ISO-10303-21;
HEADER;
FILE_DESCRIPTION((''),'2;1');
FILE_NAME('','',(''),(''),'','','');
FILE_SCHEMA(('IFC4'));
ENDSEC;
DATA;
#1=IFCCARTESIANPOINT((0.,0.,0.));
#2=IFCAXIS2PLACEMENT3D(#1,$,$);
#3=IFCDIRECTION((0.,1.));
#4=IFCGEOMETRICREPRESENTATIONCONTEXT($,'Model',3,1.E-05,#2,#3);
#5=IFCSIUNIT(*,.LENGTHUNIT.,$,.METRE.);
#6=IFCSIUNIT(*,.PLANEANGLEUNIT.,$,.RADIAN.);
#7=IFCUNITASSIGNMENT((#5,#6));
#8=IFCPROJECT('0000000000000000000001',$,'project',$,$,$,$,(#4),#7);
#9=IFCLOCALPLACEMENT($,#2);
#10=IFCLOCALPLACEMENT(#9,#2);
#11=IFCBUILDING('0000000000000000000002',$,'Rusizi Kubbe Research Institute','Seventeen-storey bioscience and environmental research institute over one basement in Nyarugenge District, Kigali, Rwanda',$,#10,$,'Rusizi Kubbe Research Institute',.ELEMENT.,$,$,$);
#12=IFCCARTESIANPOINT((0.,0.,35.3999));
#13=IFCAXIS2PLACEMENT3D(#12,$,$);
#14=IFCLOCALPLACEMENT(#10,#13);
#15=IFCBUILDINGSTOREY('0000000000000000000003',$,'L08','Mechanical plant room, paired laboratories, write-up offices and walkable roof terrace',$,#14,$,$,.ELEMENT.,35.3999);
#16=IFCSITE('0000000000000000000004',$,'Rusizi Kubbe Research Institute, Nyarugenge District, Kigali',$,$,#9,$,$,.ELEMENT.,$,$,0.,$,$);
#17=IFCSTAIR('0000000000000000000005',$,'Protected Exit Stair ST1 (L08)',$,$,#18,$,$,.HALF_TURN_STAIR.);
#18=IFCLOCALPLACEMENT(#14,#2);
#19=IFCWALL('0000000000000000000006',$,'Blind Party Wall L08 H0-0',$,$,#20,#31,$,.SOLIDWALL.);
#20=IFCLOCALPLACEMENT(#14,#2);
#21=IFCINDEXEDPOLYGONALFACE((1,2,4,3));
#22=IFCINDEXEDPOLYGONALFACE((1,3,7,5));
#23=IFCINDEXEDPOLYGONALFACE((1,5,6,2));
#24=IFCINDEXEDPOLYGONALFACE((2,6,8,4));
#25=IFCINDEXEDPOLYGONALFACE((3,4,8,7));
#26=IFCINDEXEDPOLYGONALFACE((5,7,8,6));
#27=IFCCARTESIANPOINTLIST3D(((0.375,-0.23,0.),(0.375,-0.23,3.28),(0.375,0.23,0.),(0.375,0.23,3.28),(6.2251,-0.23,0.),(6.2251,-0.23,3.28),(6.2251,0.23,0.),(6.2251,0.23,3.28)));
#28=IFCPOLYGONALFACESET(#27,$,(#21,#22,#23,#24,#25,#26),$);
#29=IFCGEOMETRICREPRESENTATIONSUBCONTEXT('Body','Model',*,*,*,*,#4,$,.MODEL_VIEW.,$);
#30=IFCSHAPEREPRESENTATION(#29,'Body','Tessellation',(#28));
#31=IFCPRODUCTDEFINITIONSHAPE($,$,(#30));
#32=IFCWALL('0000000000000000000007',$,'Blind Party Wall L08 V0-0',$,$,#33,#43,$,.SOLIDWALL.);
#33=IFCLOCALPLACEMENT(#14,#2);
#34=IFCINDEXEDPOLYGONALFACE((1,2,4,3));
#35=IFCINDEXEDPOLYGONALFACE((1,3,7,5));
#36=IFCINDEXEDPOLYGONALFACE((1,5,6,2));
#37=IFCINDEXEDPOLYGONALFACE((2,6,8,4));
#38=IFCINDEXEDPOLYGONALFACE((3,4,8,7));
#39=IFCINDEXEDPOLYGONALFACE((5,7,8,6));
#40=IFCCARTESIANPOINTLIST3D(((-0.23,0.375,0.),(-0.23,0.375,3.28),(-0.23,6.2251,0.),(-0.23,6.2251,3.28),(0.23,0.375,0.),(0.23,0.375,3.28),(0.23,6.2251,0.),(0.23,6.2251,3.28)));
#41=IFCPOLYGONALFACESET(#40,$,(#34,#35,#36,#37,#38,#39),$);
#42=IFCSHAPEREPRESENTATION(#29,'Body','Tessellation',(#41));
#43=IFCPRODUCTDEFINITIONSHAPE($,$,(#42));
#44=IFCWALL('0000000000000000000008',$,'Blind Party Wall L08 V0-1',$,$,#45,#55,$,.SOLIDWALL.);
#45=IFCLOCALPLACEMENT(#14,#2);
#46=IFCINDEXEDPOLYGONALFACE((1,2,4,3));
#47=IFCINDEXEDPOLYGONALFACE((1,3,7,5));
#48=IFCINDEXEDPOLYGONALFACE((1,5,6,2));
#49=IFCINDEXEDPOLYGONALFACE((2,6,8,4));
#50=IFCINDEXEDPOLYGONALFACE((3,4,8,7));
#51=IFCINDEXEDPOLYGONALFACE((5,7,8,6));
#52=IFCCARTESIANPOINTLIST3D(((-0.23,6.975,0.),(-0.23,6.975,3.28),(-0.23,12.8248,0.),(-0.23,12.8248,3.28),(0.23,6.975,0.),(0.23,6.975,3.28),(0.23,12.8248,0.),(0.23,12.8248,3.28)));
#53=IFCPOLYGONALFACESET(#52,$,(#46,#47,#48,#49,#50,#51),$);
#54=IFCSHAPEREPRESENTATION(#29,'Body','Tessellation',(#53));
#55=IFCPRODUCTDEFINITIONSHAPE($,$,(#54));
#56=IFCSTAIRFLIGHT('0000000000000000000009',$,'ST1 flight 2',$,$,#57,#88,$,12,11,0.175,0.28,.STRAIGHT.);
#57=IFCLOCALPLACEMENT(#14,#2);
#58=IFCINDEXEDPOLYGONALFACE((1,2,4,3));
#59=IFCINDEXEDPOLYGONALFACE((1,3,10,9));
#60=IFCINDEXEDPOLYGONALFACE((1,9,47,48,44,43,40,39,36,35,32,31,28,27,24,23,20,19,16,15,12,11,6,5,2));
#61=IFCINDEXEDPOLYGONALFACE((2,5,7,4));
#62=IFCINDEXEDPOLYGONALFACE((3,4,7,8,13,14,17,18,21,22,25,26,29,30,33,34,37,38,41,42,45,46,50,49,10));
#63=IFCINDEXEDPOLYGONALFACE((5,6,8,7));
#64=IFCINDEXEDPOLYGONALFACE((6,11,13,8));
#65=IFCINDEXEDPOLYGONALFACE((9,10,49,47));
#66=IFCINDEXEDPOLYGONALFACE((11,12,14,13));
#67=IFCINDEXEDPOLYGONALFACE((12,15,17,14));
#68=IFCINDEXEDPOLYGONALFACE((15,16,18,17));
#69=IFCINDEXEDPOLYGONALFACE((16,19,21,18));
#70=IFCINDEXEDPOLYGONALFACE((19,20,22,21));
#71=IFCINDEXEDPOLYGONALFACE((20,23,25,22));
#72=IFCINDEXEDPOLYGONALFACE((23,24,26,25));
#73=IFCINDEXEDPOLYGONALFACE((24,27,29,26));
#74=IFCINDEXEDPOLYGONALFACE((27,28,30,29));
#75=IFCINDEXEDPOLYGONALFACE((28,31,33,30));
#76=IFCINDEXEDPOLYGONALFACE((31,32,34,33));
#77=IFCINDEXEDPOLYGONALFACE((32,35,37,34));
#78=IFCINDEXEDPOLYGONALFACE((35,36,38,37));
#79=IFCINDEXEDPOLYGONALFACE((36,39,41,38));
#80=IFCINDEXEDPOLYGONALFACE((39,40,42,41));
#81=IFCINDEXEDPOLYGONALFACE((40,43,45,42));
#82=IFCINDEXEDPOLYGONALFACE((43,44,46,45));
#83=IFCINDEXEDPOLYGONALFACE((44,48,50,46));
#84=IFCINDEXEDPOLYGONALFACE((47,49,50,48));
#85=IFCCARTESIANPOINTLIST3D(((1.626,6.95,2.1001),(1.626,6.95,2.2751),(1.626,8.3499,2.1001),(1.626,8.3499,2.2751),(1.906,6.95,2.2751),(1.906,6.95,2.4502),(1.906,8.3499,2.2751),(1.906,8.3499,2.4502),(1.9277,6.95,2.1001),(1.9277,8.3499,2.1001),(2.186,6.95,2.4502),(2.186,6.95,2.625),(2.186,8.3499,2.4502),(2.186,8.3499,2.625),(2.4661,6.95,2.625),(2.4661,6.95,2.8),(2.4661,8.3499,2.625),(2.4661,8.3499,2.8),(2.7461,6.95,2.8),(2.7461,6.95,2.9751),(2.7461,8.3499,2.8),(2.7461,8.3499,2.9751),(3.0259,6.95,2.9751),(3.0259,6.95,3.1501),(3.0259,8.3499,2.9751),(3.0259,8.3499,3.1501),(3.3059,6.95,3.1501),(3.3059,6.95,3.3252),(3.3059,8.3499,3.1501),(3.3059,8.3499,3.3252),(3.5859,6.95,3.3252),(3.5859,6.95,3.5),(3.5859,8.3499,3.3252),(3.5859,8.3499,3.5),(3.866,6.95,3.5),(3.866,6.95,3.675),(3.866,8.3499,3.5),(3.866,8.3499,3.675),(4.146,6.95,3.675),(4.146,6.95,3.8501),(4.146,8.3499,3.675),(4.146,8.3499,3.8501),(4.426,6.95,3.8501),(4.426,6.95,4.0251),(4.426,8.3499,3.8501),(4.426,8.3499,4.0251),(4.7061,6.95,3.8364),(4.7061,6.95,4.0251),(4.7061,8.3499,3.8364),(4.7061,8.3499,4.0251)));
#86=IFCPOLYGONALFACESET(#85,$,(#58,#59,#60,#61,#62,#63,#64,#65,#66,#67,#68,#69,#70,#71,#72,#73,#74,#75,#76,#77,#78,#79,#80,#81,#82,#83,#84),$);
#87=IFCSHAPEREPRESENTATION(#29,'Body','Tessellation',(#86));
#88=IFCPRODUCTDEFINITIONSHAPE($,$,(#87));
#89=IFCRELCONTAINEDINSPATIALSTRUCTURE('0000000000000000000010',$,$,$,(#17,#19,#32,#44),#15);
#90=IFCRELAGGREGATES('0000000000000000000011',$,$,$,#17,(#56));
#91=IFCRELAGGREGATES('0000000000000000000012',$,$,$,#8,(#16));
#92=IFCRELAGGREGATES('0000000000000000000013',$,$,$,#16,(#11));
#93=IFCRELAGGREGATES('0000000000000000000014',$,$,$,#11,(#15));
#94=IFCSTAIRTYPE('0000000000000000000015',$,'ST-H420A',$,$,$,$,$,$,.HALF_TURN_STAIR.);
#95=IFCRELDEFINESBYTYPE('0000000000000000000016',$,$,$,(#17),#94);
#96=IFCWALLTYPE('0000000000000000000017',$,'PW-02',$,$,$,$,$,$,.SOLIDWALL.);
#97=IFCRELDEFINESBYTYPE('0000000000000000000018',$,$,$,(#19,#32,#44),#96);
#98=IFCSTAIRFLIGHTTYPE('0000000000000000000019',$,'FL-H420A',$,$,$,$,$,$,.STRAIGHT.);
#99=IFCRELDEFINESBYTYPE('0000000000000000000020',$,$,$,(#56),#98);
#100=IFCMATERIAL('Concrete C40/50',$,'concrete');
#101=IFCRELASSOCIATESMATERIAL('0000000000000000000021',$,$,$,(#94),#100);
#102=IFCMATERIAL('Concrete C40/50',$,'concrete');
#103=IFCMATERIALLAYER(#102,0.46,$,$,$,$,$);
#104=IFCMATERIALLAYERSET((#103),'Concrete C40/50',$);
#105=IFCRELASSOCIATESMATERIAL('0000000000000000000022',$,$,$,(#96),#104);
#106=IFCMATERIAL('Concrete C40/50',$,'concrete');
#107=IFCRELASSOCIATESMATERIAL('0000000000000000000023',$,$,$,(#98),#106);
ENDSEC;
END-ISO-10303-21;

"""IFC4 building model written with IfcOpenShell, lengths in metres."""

from ifc_helpers import new_model, si_unit, direction, frame, frame_2d, origin, place, context, subcontext, project, spatial, polyline, rectangle, outline, extrude, material, layer, layer_set, type_object, element, aggregate, save


model = new_model("IFC4")

# Units and contexts
model_context = context("Model", 3, precision=1e-05, world=origin(), true_north=direction((0.0, 1.0)))
body_context = subcontext(model_context, "Body", "Model", "MODEL_VIEW")
ifc_project = project(units=[si_unit("LENGTHUNIT", "METRE"), si_unit("PLANEANGLEUNIT", "RADIAN")], contexts=[model_context])

# Site, building, storey
site_placement = place(None, origin())
site = spatial("IfcSite", under=ifc_project, at=site_placement, Name="Rusizi Kubbe Research Institute, Nyarugenge District, Kigali", CompositionType="ELEMENT", RefElevation=0.0)
building_placement = place(site_placement, origin())
building = spatial("IfcBuilding", under=site, at=building_placement, Name="Rusizi Kubbe Research Institute", Description="Seventeen-storey bioscience and environmental research institute over one basement in Nyarugenge District, Kigali, Rwanda", LongName="Rusizi Kubbe Research Institute", CompositionType="ELEMENT")
storey_placement = place(building_placement, frame((0.0, 0.0, 35.3999)))
storey = spatial("IfcBuildingStorey", under=building, at=storey_placement, Name="L08", Description="Mechanical plant room, paired laboratories, write-up offices and walkable roof terrace", CompositionType="ELEMENT", Elevation=35.3999)

# Stair
ifc_material_1 = material(Name="Concrete C40/50", Category="concrete")
stair_type_1 = type_object("IfcStairType", Name="ST-H420A", PredefinedType="HALF_TURN_STAIR", material=ifc_material_1)
stair_1_placement = place(storey_placement, origin())
stair_1 = element("IfcStair", 1, at=stair_1_placement, inside=storey, type_object=stair_type_1, Name="Protected Exit Stair ST1 (L08)", PredefinedType="HALF_TURN_STAIR")

# Walls
ifc_material_2 = material(Name="Concrete C40/50", Category="concrete")
ifc_layer_1 = layer(ifc_material_2, 0.46)
ifc_layer_set_1 = layer_set([ifc_layer_1], Name="Concrete C40/50")
wall_type_1 = type_object("IfcWallType", Name="PW-02", PredefinedType="SOLIDWALL", material=ifc_layer_set_1)
for number, where, z_axis, x_axis, name in (
    (2, (0.375, 0.0, 0.0), (0.0, 0.0, 1.0), (1.0, 0.0, 0.0), "Blind Party Wall L08 H0-0"),
    (3, (0.0, 0.375, 0.0), (0.0, 0.0, 1.0), (0.0, 1.0, 0.0), "Blind Party Wall L08 V0-0"),
):
    element("IfcWall", number, at=place(storey_placement, frame(where, z_axis=z_axis, x_axis=x_axis)), inside=storey, type_object=wall_type_1, Name=name, PredefinedType="SOLIDWALL", context=body_context, shape_type="SweptSolid", body=[
        extrude(rectangle(XDim=5.8501, YDim=0.46, at=frame_2d((2.925, 0.0))), origin(), (0.0, 0.0, 1.0), 3.28),
    ])
wall_1_placement = place(storey_placement, frame((0.0, 6.9751, 0.0), z_axis=(0.0, 0.0, 1.0), x_axis=(0.0, 1.0, 0.0)))
element("IfcWall", 4, at=wall_1_placement, inside=storey, type_object=wall_type_1, Name="Blind Party Wall L08 V0-1", PredefinedType="SOLIDWALL", context=body_context, shape_type="SweptSolid", body=[
    extrude(rectangle(XDim=5.8499, YDim=0.46, at=frame_2d((2.9248, 0.0))), origin(), (0.0, 0.0, 1.0), 3.28),
])

# Stair flight
ifc_material_3 = material(Name="Concrete C40/50", Category="concrete")
stair_flight_type = type_object("IfcStairFlightType", Name="FL-H420A", PredefinedType="STRAIGHT", material=ifc_material_3)
stair_flight_placement = place(storey_placement, frame((1.626, 7.6499, 2.1001), z_axis=(0.0, 0.0, 1.0), x_axis=(1.0, 0.0, 0.0)))
stair_flight = element("IfcStairFlight", 5, at=stair_flight_placement, type_object=stair_flight_type, Name="ST1 flight 2", NumberOfRisers=12, NumberOfTreads=11, PredefinedType="STRAIGHT", RiserHeight=0.175, TreadLength=0.28, context=body_context, shape_type="SweptSolid", body=[
    extrude(outline(polyline([(0.0, 0.0), (0.0, 0.175), (0.28, 0.175), (0.28, 0.3501), (0.5601, 0.3501), (0.5601, 0.5249), (0.8401, 0.5249), (0.8401, 0.7), (1.1201, 0.7), (1.1201, 0.875), (1.3999, 0.875), (1.3999, 1.05), (1.6799, 1.05), (1.6799, 1.2251), (1.96, 1.2251), (1.96, 1.3999), (2.24, 1.3999), (2.24, 1.575), (2.52, 1.575), (2.52, 1.75), (2.8, 1.75), (2.8, 1.925), (3.0801, 1.925), (3.0801, 2.1001), (3.0801, 1.7363), (0.3018, 0.0), (0.0, 0.0)])), frame((0.0, 0.7, 0.0), z_axis=(0.0, -1.0, 0.0), x_axis=(1.0, 0.0, 0.0)), (0.0, 0.0, 1.0), 1.3999),
])
aggregate(stair_1, [stair_flight])

save(model, "model.ifc")
